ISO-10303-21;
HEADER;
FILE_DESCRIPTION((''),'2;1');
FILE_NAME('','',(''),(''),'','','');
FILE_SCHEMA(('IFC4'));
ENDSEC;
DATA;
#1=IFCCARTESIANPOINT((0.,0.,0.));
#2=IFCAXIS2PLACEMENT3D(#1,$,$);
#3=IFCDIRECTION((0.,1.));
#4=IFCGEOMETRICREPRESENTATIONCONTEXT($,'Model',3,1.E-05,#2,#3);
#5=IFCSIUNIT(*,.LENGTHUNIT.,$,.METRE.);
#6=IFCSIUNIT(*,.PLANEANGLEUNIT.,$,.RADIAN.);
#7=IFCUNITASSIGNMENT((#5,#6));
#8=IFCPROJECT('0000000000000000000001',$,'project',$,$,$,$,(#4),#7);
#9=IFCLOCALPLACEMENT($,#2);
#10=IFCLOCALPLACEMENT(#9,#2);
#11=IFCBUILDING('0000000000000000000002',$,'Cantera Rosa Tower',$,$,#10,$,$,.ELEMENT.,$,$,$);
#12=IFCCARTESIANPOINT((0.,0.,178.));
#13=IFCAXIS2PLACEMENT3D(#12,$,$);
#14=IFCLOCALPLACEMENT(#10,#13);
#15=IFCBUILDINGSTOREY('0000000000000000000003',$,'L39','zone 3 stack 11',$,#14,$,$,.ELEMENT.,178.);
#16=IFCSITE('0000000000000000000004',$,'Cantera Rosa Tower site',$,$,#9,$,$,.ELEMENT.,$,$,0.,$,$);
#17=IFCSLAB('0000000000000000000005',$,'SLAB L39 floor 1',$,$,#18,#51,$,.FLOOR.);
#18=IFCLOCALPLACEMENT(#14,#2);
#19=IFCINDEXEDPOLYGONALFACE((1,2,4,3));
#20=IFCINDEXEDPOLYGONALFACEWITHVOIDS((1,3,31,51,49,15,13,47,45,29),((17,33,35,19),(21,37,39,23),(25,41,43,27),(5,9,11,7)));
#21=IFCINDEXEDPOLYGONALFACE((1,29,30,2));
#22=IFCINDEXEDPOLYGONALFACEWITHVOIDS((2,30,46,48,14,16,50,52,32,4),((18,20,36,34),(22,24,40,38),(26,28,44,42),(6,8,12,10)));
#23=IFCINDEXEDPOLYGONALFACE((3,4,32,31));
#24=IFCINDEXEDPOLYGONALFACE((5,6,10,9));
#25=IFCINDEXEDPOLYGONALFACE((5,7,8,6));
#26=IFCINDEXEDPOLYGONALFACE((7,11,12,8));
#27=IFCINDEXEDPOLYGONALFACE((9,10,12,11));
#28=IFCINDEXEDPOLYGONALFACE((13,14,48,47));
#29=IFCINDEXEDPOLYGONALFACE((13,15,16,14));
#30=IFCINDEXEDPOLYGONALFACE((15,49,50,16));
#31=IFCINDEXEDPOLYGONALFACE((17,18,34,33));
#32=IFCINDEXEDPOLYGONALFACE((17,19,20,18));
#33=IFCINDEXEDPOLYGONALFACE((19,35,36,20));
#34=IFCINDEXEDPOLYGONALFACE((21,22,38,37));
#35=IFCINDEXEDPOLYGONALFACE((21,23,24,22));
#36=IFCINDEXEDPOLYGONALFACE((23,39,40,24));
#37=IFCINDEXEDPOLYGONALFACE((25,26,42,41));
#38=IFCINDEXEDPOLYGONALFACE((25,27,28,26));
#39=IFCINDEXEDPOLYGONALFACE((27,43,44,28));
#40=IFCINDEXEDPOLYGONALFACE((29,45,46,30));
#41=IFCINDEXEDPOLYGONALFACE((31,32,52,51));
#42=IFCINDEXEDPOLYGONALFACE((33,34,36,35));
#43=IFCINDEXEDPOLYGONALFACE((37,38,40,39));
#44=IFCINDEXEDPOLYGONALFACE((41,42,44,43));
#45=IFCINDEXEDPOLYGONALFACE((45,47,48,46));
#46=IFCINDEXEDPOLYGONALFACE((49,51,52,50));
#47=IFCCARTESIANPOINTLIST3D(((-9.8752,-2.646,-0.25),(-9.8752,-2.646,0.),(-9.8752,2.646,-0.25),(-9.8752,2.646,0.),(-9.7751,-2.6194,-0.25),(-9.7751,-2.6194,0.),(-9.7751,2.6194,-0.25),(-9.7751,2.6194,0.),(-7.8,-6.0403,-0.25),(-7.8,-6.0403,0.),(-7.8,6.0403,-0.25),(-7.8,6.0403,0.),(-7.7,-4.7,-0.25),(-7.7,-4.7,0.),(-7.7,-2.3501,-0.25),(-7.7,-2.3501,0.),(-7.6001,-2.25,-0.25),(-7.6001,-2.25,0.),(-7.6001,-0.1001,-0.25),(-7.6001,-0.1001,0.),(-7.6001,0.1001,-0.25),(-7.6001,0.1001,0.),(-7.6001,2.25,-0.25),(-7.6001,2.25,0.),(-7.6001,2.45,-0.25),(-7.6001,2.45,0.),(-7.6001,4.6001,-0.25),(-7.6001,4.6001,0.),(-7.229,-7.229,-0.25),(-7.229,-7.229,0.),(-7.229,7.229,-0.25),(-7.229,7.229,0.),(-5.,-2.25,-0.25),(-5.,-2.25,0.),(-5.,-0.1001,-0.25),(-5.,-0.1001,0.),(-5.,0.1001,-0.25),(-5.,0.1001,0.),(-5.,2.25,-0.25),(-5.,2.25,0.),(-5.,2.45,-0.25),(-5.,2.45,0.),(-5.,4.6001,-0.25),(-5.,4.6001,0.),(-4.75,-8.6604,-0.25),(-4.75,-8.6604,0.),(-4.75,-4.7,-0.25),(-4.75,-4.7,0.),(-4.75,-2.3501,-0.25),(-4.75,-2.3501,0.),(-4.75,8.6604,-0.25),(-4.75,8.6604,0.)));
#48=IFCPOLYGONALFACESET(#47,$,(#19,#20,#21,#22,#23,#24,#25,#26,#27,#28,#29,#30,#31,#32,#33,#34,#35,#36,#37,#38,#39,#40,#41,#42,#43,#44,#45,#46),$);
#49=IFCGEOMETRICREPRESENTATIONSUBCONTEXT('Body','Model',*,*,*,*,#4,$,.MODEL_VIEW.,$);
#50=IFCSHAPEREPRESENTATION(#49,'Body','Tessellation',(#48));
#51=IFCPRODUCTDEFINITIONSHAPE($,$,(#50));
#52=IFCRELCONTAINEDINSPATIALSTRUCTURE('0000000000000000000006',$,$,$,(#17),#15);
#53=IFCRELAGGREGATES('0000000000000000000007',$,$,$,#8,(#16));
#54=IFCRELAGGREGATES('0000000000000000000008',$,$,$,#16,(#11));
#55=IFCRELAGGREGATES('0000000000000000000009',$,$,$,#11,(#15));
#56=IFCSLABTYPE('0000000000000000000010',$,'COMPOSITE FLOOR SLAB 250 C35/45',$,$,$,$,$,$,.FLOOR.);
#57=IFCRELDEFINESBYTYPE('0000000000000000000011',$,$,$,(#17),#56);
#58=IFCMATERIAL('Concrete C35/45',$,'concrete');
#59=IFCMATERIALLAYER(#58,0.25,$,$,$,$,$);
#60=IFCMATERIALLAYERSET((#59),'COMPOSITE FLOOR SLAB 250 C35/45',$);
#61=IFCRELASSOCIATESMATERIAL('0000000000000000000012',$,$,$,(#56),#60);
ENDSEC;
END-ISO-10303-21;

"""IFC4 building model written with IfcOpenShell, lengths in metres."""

from ifc_helpers import new_model, si_unit, direction, frame, origin, place, context, subcontext, project, spatial, polyline, outline, extrude, material, layer, layer_set, type_object, element, save


model = new_model("IFC4")

# Units and contexts
model_context = context("Model", 3, precision=1e-05, world=origin(), true_north=direction((0.0, 1.0)))
body_context = subcontext(model_context, "Body", "Model", "MODEL_VIEW")
ifc_project = project(units=[si_unit("LENGTHUNIT", "METRE"), si_unit("PLANEANGLEUNIT", "RADIAN")], contexts=[model_context])

# Site, building, storey
site_placement = place(None, origin())
site = spatial("IfcSite", under=ifc_project, at=site_placement, Name="Cantera Rosa Tower site", CompositionType="ELEMENT", RefElevation=0.0)
building_placement = place(site_placement, origin())
building = spatial("IfcBuilding", under=site, at=building_placement, Name="Cantera Rosa Tower", CompositionType="ELEMENT")
storey_placement = place(building_placement, frame((0.0, 0.0, 178.0)))
storey = spatial("IfcBuildingStorey", under=building, at=storey_placement, Name="L39", Description="zone 3 stack 11", CompositionType="ELEMENT", Elevation=178.0)

# Slab
ifc_material_1 = material(Name="Concrete C35/45", Category="concrete")
ifc_layer_1 = layer(ifc_material_1, 0.25)
ifc_layer_set_1 = layer_set([ifc_layer_1], Name="COMPOSITE FLOOR SLAB 250 C35/45")
slab_type_1 = type_object("IfcSlabType", Name="COMPOSITE FLOOR SLAB 250 C35/45", PredefinedType="FLOOR", material=ifc_layer_set_1)
slab_1_placement = place(storey_placement, frame((0.0, 0.0, -0.25)))
element("IfcSlab", 1, at=slab_1_placement, inside=storey, type_object=slab_type_1, Name="SLAB L39 floor 1", PredefinedType="FLOOR", context=body_context, shape_type="SweptSolid", body=[
    extrude(outline(polyline([(-7.7, -2.3501), (-7.7, -4.7), (-4.75, -4.7), (-4.75, -8.6604), (-7.229, -7.229), (-9.8752, -2.646), (-9.8752, 2.646), (-7.229, 7.229), (-4.75, 8.6604), (-4.75, -2.3501), (-7.7, -2.3501)]), holes=[polyline([(-7.6001, -0.1001), (-7.6001, -2.25), (-5.0, -2.25), (-5.0, -0.1001), (-7.6001, -0.1001)]), polyline([(-7.8, 6.0403), (-9.7751, 2.6194), (-9.7751, -2.6194), (-7.8, -6.0403), (-7.8, 6.0403)]), polyline([(-7.6001, 2.25), (-7.6001, 0.1001), (-5.0, 0.1001), (-5.0, 2.25), (-7.6001, 2.25)]), polyline([(-7.6001, 4.6001), (-7.6001, 2.45), (-5.0, 2.45), (-5.0, 4.6001), (-7.6001, 4.6001)])]), origin(), (0.0, 0.0, 1.0), 0.25),
])

save(model, "model.ifc")
